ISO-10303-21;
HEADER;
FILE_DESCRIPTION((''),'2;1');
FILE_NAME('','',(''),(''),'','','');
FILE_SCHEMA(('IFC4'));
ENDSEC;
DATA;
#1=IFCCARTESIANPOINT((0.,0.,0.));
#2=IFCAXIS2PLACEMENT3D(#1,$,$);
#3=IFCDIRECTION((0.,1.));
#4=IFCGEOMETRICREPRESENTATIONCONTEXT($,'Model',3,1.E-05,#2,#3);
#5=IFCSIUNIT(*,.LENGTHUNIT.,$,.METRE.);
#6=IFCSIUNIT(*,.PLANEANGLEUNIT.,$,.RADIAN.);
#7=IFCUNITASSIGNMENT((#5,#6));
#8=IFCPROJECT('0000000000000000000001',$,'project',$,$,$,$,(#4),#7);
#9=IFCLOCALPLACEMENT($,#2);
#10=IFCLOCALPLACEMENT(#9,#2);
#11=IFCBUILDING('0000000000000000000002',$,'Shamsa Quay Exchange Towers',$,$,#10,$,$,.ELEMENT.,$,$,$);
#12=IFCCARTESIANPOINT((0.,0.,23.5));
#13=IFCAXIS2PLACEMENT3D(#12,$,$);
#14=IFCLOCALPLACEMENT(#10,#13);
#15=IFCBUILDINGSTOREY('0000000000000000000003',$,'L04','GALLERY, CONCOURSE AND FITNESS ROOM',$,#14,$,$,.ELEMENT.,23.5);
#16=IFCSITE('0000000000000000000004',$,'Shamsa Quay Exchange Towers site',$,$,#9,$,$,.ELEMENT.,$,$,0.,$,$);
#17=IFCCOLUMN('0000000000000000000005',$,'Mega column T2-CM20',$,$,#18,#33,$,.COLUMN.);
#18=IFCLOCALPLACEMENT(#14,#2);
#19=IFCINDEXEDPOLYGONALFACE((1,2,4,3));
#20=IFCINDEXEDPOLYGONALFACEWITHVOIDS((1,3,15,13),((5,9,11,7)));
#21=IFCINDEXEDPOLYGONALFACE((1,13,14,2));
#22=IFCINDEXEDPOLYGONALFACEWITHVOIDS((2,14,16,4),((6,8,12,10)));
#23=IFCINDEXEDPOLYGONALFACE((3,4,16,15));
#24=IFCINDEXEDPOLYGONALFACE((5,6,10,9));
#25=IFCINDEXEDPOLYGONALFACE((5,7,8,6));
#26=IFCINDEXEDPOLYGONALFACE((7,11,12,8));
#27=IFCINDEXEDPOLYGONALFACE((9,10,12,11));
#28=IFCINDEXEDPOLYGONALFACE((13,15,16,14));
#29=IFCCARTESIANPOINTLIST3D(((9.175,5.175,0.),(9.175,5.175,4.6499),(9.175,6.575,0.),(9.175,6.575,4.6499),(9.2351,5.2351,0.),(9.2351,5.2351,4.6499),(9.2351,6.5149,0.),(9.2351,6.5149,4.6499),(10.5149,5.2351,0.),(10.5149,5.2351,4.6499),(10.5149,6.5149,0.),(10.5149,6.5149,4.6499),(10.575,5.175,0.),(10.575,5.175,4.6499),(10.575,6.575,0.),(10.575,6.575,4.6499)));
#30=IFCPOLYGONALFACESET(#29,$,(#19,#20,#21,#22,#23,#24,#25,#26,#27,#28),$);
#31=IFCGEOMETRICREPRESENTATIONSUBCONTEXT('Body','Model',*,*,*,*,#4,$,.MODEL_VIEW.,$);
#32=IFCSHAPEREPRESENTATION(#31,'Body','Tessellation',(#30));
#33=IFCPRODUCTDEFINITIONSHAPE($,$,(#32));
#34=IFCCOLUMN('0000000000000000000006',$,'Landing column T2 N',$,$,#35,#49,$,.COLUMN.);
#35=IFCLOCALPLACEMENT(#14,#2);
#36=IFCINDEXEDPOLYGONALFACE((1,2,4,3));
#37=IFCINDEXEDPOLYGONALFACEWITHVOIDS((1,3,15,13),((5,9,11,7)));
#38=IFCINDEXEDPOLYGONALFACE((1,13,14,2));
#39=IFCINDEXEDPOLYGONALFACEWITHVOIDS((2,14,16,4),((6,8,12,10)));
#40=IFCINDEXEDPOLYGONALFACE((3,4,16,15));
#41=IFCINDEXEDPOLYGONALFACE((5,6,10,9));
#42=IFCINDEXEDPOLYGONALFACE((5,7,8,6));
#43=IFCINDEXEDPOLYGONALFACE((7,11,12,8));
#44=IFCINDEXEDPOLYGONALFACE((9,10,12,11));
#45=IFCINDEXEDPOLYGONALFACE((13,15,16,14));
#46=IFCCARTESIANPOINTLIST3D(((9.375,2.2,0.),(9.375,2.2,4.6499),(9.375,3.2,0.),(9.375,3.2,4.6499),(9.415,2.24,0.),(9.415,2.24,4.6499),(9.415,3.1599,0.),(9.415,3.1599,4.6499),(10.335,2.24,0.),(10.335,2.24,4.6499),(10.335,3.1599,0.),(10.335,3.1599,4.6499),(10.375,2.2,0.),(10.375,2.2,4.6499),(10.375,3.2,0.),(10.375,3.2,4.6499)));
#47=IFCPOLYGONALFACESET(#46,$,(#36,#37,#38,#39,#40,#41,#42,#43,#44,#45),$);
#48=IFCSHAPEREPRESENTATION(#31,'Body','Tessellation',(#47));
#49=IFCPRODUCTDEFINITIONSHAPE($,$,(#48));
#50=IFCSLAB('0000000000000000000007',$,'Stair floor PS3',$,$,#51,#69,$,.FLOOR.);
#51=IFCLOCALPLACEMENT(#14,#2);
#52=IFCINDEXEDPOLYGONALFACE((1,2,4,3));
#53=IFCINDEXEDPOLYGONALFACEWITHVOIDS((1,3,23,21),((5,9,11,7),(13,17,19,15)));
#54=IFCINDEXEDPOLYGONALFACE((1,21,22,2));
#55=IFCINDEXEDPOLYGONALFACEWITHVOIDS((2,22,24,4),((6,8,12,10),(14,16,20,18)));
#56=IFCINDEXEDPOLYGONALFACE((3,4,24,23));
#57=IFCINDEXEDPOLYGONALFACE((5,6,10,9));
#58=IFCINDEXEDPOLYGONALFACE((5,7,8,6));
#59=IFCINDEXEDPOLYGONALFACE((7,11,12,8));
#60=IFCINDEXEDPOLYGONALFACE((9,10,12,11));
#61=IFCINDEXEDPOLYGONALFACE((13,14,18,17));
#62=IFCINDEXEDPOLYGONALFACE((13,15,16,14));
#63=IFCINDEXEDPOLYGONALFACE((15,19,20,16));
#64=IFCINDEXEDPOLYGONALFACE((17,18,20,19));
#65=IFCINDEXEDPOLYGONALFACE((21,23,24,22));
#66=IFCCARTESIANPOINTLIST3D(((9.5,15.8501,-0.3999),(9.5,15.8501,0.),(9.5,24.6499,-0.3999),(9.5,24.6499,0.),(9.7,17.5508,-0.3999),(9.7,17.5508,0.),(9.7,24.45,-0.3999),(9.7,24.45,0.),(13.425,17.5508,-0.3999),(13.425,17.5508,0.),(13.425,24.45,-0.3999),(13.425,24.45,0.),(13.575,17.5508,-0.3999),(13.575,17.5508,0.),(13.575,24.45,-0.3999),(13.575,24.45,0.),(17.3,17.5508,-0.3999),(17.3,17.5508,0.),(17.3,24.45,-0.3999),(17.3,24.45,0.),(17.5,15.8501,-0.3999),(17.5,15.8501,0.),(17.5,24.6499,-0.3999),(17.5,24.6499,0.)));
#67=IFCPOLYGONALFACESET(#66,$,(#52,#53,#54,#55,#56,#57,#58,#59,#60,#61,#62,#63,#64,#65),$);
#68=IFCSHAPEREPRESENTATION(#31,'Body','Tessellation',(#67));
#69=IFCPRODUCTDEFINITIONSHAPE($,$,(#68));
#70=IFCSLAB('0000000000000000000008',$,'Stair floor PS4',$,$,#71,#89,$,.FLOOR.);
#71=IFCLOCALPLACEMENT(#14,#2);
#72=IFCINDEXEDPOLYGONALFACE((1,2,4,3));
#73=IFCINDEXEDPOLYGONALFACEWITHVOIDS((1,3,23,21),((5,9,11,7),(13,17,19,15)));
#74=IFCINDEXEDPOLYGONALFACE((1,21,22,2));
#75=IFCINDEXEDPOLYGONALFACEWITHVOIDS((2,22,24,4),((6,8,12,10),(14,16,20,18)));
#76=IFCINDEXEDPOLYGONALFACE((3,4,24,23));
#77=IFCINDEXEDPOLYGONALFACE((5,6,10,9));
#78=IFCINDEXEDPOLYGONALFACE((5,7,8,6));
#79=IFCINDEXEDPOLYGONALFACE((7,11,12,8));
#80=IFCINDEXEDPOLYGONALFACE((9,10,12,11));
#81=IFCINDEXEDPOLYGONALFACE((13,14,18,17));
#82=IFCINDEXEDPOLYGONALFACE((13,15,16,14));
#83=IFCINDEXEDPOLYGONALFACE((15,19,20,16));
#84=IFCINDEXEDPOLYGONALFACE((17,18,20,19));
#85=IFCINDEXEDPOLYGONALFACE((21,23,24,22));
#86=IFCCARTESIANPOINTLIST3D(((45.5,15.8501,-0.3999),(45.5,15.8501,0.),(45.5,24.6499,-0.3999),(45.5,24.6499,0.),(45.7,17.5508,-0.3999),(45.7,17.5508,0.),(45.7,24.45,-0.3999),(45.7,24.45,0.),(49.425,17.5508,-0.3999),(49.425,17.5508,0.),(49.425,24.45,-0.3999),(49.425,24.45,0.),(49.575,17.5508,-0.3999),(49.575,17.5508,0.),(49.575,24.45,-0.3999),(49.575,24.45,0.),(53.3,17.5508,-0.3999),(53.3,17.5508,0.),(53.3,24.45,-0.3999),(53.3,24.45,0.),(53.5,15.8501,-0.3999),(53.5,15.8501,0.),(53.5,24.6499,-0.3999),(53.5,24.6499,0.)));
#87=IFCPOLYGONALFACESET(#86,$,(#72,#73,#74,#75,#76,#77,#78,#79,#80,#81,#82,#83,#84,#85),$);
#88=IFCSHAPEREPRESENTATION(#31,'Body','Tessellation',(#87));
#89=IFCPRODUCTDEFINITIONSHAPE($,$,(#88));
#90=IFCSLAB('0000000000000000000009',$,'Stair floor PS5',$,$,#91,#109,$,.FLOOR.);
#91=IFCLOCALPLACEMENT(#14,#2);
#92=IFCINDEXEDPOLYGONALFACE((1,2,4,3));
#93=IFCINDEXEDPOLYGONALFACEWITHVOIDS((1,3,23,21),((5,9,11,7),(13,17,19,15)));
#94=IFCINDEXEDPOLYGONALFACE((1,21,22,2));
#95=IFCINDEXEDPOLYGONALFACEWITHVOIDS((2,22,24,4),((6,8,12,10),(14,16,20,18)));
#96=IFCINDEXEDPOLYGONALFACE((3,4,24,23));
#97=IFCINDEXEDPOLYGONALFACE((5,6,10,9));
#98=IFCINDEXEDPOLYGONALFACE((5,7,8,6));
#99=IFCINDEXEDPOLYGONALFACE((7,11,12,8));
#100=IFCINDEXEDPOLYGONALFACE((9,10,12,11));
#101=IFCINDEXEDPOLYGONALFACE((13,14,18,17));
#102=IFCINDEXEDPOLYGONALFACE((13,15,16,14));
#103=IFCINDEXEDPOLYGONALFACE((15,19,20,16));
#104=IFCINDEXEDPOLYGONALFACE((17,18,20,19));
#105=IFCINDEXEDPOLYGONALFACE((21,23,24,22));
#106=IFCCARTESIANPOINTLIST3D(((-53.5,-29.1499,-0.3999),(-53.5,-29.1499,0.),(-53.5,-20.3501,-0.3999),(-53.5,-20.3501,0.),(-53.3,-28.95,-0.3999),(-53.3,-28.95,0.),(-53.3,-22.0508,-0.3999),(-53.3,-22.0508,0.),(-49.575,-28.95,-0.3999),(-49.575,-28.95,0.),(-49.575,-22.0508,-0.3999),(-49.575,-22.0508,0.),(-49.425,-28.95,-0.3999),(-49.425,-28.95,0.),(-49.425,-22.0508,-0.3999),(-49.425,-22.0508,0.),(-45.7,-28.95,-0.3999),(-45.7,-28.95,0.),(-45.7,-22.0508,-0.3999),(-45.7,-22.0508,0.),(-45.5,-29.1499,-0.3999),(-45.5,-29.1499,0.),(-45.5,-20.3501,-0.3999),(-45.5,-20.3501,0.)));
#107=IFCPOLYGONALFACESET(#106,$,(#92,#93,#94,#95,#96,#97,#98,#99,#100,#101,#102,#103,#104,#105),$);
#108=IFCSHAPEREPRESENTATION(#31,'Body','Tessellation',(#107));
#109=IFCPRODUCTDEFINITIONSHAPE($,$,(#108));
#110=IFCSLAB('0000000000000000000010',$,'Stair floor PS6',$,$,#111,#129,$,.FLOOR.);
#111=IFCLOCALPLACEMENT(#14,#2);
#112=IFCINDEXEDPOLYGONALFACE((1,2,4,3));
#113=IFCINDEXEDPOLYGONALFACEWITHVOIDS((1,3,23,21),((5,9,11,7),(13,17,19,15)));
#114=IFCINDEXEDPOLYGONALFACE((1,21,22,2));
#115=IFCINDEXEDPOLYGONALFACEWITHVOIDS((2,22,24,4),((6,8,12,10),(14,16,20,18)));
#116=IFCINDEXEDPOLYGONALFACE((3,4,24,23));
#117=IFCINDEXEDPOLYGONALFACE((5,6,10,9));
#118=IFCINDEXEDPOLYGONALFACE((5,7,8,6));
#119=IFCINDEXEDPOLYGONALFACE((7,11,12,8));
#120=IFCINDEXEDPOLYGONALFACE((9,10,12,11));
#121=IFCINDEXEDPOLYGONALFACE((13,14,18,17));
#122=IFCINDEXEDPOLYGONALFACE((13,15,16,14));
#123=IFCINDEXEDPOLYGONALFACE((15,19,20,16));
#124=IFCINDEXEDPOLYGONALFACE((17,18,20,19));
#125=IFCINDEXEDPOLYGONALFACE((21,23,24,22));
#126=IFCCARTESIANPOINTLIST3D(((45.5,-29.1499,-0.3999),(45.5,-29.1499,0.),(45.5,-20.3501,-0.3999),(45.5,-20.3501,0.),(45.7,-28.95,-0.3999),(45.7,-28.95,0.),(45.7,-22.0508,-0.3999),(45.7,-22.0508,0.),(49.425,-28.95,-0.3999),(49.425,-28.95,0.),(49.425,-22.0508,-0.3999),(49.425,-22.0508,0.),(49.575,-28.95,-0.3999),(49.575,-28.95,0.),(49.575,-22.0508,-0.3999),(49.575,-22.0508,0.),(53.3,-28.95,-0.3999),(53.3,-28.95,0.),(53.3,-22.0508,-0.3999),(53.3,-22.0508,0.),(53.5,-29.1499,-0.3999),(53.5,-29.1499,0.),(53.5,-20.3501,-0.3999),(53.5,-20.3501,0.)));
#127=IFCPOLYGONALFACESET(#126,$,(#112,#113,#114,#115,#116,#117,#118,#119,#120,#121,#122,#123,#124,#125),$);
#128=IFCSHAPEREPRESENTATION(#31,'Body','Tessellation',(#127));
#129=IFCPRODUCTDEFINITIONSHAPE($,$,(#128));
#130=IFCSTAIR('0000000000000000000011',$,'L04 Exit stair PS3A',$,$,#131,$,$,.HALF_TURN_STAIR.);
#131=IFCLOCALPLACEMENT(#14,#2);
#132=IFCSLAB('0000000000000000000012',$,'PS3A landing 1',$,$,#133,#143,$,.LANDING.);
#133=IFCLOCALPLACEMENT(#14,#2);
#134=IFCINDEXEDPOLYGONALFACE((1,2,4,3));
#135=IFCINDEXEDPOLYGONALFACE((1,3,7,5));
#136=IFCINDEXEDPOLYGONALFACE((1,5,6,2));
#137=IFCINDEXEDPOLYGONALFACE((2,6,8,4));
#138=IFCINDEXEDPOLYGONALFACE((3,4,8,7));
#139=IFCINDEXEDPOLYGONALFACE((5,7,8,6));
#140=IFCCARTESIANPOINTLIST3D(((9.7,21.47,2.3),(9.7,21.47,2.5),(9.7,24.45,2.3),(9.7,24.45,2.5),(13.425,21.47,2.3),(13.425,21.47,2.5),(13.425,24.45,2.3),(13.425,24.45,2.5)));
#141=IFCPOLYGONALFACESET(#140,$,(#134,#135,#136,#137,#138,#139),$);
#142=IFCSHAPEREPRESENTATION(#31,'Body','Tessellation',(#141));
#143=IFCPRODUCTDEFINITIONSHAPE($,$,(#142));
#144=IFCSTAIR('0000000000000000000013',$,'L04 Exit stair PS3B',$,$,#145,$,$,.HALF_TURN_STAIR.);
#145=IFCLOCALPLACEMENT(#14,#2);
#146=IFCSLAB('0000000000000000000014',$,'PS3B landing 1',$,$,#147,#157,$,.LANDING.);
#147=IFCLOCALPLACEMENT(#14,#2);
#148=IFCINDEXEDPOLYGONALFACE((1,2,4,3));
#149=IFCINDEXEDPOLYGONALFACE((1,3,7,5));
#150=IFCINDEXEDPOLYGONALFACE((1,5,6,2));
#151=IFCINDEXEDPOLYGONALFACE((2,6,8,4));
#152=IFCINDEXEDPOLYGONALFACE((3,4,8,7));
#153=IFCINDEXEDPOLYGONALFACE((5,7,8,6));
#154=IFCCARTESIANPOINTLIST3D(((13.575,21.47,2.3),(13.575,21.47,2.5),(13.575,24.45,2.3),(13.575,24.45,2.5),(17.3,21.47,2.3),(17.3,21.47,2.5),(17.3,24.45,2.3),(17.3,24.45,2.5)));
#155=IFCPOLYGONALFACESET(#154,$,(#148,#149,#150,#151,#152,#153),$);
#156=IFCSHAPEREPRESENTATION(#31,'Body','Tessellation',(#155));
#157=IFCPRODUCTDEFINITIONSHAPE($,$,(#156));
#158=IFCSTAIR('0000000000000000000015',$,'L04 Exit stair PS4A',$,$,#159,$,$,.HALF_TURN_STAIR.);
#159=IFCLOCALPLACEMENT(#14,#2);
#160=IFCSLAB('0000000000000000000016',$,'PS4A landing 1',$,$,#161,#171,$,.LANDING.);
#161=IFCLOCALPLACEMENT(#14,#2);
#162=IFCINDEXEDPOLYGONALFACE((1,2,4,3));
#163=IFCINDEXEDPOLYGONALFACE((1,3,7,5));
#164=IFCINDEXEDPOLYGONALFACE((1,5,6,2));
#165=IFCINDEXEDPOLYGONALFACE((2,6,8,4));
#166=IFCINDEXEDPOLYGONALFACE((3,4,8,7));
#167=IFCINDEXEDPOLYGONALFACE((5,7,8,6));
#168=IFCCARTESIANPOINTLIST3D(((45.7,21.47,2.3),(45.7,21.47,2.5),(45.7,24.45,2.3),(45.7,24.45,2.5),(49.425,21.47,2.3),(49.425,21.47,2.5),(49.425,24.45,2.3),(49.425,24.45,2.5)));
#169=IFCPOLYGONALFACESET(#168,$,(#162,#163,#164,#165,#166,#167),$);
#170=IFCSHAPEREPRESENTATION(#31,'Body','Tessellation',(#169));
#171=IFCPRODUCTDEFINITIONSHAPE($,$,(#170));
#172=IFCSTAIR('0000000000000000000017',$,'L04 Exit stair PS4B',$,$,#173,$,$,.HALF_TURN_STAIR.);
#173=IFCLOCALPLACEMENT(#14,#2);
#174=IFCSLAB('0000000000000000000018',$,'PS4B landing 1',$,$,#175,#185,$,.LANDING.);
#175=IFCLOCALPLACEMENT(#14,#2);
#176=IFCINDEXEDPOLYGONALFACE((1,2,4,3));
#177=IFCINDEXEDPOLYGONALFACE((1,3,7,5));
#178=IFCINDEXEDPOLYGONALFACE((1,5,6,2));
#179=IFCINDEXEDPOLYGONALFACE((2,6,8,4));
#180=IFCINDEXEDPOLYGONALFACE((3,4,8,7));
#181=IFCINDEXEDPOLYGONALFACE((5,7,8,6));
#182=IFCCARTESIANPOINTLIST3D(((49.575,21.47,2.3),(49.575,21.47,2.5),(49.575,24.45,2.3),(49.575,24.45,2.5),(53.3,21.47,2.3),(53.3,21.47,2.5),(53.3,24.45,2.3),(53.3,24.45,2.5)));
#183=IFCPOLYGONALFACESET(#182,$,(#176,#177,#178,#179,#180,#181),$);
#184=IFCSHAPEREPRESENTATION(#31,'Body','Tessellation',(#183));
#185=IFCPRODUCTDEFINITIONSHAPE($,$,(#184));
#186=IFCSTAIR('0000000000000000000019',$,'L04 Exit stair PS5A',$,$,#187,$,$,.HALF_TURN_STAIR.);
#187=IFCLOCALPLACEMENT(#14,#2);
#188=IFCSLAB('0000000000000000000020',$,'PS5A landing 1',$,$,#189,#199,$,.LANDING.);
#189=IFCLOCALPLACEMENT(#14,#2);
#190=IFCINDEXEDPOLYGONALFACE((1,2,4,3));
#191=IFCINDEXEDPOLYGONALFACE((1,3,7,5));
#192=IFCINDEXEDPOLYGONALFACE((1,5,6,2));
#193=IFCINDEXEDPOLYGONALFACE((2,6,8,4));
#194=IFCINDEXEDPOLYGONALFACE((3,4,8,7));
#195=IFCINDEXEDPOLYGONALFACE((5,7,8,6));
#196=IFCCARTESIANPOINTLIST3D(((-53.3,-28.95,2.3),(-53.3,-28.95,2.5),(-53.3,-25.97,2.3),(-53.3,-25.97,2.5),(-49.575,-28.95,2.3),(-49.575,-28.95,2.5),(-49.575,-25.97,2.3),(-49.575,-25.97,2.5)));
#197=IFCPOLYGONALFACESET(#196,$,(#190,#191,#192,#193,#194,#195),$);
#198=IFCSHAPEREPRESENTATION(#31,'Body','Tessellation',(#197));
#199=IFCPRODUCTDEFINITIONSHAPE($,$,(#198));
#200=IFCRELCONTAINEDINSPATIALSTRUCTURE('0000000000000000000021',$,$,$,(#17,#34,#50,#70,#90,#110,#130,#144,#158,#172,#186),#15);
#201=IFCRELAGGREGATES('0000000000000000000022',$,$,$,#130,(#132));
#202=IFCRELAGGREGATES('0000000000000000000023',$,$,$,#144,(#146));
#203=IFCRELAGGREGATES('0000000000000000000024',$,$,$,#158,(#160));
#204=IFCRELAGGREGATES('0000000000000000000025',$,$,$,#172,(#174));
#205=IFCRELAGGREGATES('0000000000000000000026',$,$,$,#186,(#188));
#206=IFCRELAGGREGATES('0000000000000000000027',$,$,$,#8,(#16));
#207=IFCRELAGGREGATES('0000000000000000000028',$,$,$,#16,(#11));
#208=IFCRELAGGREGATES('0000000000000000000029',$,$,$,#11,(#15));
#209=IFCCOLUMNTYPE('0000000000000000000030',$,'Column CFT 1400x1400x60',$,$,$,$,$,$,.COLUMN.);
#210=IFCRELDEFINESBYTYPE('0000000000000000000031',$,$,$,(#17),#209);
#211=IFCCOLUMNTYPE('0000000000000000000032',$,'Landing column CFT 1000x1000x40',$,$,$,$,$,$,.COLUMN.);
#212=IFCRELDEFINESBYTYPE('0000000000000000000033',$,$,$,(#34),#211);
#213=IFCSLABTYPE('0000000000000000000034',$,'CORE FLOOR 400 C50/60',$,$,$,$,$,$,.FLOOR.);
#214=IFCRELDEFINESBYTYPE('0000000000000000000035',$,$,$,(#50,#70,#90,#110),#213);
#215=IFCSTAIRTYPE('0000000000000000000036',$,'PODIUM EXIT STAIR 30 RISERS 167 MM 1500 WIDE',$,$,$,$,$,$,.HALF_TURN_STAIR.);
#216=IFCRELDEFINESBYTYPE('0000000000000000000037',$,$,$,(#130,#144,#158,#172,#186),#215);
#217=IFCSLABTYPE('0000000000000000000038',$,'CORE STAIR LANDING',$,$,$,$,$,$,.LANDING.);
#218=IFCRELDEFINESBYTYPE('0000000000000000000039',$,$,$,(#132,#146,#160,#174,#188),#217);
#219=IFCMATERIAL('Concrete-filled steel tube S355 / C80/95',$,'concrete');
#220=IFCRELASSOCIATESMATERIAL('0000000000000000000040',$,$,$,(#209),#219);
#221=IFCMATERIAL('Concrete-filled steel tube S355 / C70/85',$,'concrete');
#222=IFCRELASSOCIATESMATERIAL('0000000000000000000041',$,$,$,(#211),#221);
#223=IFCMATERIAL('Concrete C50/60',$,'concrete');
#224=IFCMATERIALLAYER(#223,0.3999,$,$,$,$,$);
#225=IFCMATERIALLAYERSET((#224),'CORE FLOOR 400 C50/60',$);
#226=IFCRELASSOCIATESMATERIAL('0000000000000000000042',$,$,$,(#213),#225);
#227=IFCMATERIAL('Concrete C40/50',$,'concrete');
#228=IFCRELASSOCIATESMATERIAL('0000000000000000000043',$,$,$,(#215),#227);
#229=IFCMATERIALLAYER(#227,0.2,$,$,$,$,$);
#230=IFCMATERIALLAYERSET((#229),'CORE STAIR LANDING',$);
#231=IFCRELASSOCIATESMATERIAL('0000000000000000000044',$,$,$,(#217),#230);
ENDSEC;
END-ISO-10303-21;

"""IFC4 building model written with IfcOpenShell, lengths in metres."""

from ifc_helpers import new_model, si_unit, direction, frame, origin, origin_2d, place, context, subcontext, project, spatial, polyline, hollow_rectangle, outline, extrude, material, layer, layer_set, material_profile, profile_set, type_object, element, aggregate, save


model = new_model("IFC4")

# Units and contexts
model_context = context("Model", 3, precision=1e-05, world=origin(), true_north=direction((0.0, 1.0)))
body_context = subcontext(model_context, "Body", "Model", "MODEL_VIEW")
ifc_project = project(units=[si_unit("LENGTHUNIT", "METRE"), si_unit("PLANEANGLEUNIT", "RADIAN")], contexts=[model_context])

# Site, building, storey
site_placement = place(None, origin())
site = spatial("IfcSite", under=ifc_project, at=site_placement, Name="Shamsa Quay Exchange Towers site", CompositionType="ELEMENT", RefElevation=0.0)
building_placement = place(site_placement, origin())
building = spatial("IfcBuilding", under=site, at=building_placement, Name="Shamsa Quay Exchange Towers", CompositionType="ELEMENT")
storey_placement = place(building_placement, frame((0.0, 0.0, 23.5)))
storey = spatial("IfcBuildingStorey", under=building, at=storey_placement, Name="L04", Description="GALLERY, CONCOURSE AND FITNESS ROOM", CompositionType="ELEMENT", Elevation=23.5)

# Columns
ifc_material_1 = material(Name="Concrete-filled steel tube S355 / C80/95", Category="concrete")
ifc_material_profile_1 = material_profile(ifc_material_1, hollow_rectangle(XDim=1.3999, YDim=1.3999, WallThickness=0.0601, at=origin_2d()), Name="CFT 1400x1400x60")
ifc_profile_set_1 = profile_set([ifc_material_profile_1], Name="Concrete-filled steel tube S355 / C80/95")
column_type_1 = type_object("IfcColumnType", Name="Column CFT 1400x1400x60", PredefinedType="COLUMN", material=ifc_profile_set_1)
column_1_placement = place(storey_placement, frame((9.875, 5.875, 0.0)))
element("IfcColumn", 1, at=column_1_placement, inside=storey, type_object=column_type_1, Name="Mega column T2-CM20", PredefinedType="COLUMN", context=body_context, shape_type="SweptSolid", body=[
    extrude(hollow_rectangle(XDim=1.3999, YDim=1.3999, WallThickness=0.0601, at=origin_2d()), origin(), (0.0, 0.0, 1.0), 4.6499),
])
ifc_material_2 = material(Name="Concrete-filled steel tube S355 / C70/85", Category="concrete")
ifc_material_profile_2 = material_profile(ifc_material_2, hollow_rectangle(XDim=1.0, YDim=1.0, WallThickness=0.04, at=origin_2d()), Name="CFT 1000x1000x40")
ifc_profile_set_2 = profile_set([ifc_material_profile_2], Name="Concrete-filled steel tube S355 / C70/85")
column_type_2 = type_object("IfcColumnType", Name="Landing column CFT 1000x1000x40", PredefinedType="COLUMN", material=ifc_profile_set_2)
column_2_placement = place(storey_placement, frame((9.875, 2.7, 0.0)))
element("IfcColumn", 2, at=column_2_placement, inside=storey, type_object=column_type_2, Name="Landing column T2 N", PredefinedType="COLUMN", context=body_context, shape_type="SweptSolid", body=[
    extrude(hollow_rectangle(XDim=1.0, YDim=1.0, WallThickness=0.04, at=origin_2d()), origin(), (0.0, 0.0, 1.0), 4.6499),
])

# Slabs
ifc_material_3 = material(Name="Concrete C50/60", Category="concrete")
ifc_layer_1 = layer(ifc_material_3, 0.3999)
ifc_layer_set_1 = layer_set([ifc_layer_1], Name="CORE FLOOR 400 C50/60")
slab_type_1 = type_object("IfcSlabType", Name="CORE FLOOR 400 C50/60", PredefinedType="FLOOR", material=ifc_layer_set_1)
slab_1_placement = place(storey_placement, frame((0.0, 0.0, -0.3999)))
element("IfcSlab", 3, at=slab_1_placement, inside=storey, type_object=slab_type_1, Name="Stair floor PS3", PredefinedType="FLOOR", context=body_context, shape_type="SweptSolid", body=[
    extrude(outline(polyline([(9.5, 15.8501), (17.5, 15.8501), (17.5, 24.6499), (9.5, 24.6499), (9.5, 15.8501)]), holes=[polyline([(13.425, 17.5508), (9.7, 17.5508), (9.7, 24.45), (13.425, 24.45), (13.425, 17.5508)]), polyline([(17.3, 17.5508), (13.575, 17.5508), (13.575, 24.45), (17.3, 24.45), (17.3, 17.5508)])]), origin(), (0.0, 0.0, 1.0), 0.3999),
])
slab_2_placement = place(storey_placement, frame((0.0, 0.0, -0.3999)))
element("IfcSlab", 4, at=slab_2_placement, inside=storey, type_object=slab_type_1, Name="Stair floor PS4", PredefinedType="FLOOR", context=body_context, shape_type="SweptSolid", body=[
    extrude(outline(polyline([(45.5, 15.8501), (53.5, 15.8501), (53.5, 24.6499), (45.5, 24.6499), (45.5, 15.8501)]), holes=[polyline([(49.425, 17.5508), (45.7, 17.5508), (45.7, 24.45), (49.425, 24.45), (49.425, 17.5508)]), polyline([(53.3, 17.5508), (49.575, 17.5508), (49.575, 24.45), (53.3, 24.45), (53.3, 17.5508)])]), origin(), (0.0, 0.0, 1.0), 0.3999),
])
slab_3_placement = place(storey_placement, frame((0.0, 0.0, -0.3999)))
element("IfcSlab", 5, at=slab_3_placement, inside=storey, type_object=slab_type_1, Name="Stair floor PS5", PredefinedType="FLOOR", context=body_context, shape_type="SweptSolid", body=[
    extrude(outline(polyline([(-53.5, -29.1499), (-45.5, -29.1499), (-45.5, -20.3501), (-53.5, -20.3501), (-53.5, -29.1499)]), holes=[polyline([(-53.3, -22.0508), (-49.575, -22.0508), (-49.575, -28.95), (-53.3, -28.95), (-53.3, -22.0508)]), polyline([(-49.425, -22.0508), (-45.7, -22.0508), (-45.7, -28.95), (-49.425, -28.95), (-49.425, -22.0508)])]), origin(), (0.0, 0.0, 1.0), 0.3999),
])
slab_4_placement = place(storey_placement, frame((0.0, 0.0, -0.3999)))
element("IfcSlab", 6, at=slab_4_placement, inside=storey, type_object=slab_type_1, Name="Stair floor PS6", PredefinedType="FLOOR", context=body_context, shape_type="SweptSolid", body=[
    extrude(outline(polyline([(45.5, -29.1499), (53.5, -29.1499), (53.5, -20.3501), (45.5, -20.3501), (45.5, -29.1499)]), holes=[polyline([(45.7, -22.0508), (49.425, -22.0508), (49.425, -28.95), (45.7, -28.95), (45.7, -22.0508)]), polyline([(49.575, -22.0508), (53.3, -22.0508), (53.3, -28.95), (49.575, -28.95), (49.575, -22.0508)])]), origin(), (0.0, 0.0, 1.0), 0.3999),
])

# Stairs, slabs
ifc_material_4 = material(Name="Concrete C40/50", Category="concrete")
stair_type = type_object("IfcStairType", Name="PODIUM EXIT STAIR 30 RISERS 167 MM 1500 WIDE", PredefinedType="HALF_TURN_STAIR", material=ifc_material_4)
stair_1_placement = place(storey_placement, origin())
stair_1 = element("IfcStair", 7, at=stair_1_placement, inside=storey, type_object=stair_type, Name="L04 Exit stair PS3A", PredefinedType="HALF_TURN_STAIR")
ifc_layer_2 = layer(ifc_material_4, 0.2)
ifc_layer_set_2 = layer_set([ifc_layer_2], Name="CORE STAIR LANDING")
slab_type_2 = type_object("IfcSlabType", Name="CORE STAIR LANDING", PredefinedType="LANDING", material=ifc_layer_set_2)
slab_5_placement = place(storey_placement, frame((0.0, 0.0, 2.3)))
slab_5 = element("IfcSlab", 8, at=slab_5_placement, type_object=slab_type_2, Name="PS3A landing 1", PredefinedType="LANDING", context=body_context, shape_type="SweptSolid", body=[
    extrude(outline(polyline([(13.425, 21.47), (13.425, 24.45), (9.7, 24.45), (9.7, 21.47), (13.425, 21.47)])), origin(), (0.0, 0.0, 1.0), 0.2),
])
aggregate(stair_1, [slab_5])
stair_2_placement = place(storey_placement, origin())
stair_2 = element("IfcStair", 9, at=stair_2_placement, inside=storey, type_object=stair_type, Name="L04 Exit stair PS3B", PredefinedType="HALF_TURN_STAIR")
slab_6_placement = place(storey_placement, frame((0.0, 0.0, 2.3)))
slab_6 = element("IfcSlab", 10, at=slab_6_placement, type_object=slab_type_2, Name="PS3B landing 1", PredefinedType="LANDING", context=body_context, shape_type="SweptSolid", body=[
    extrude(outline(polyline([(17.3, 21.47), (17.3, 24.45), (13.575, 24.45), (13.575, 21.47), (17.3, 21.47)])), origin(), (0.0, 0.0, 1.0), 0.2),
])
aggregate(stair_2, [slab_6])
stair_3_placement = place(storey_placement, origin())
stair_3 = element("IfcStair", 11, at=stair_3_placement, inside=storey, type_object=stair_type, Name="L04 Exit stair PS4A", PredefinedType="HALF_TURN_STAIR")
slab_7_placement = place(storey_placement, frame((0.0, 0.0, 2.3)))
slab_7 = element("IfcSlab", 12, at=slab_7_placement, type_object=slab_type_2, Name="PS4A landing 1", PredefinedType="LANDING", context=body_context, shape_type="SweptSolid", body=[
    extrude(outline(polyline([(49.425, 21.47), (49.425, 24.45), (45.7, 24.45), (45.7, 21.47), (49.425, 21.47)])), origin(), (0.0, 0.0, 1.0), 0.2),
])
aggregate(stair_3, [slab_7])
stair_4_placement = place(storey_placement, origin())
stair_4 = element("IfcStair", 13, at=stair_4_placement, inside=storey, type_object=stair_type, Name="L04 Exit stair PS4B", PredefinedType="HALF_TURN_STAIR")
slab_8_placement = place(storey_placement, frame((0.0, 0.0, 2.3)))
slab_8 = element("IfcSlab", 14, at=slab_8_placement, type_object=slab_type_2, Name="PS4B landing 1", PredefinedType="LANDING", context=body_context, shape_type="SweptSolid", body=[
    extrude(outline(polyline([(53.3, 21.47), (53.3, 24.45), (49.575, 24.45), (49.575, 21.47), (53.3, 21.47)])), origin(), (0.0, 0.0, 1.0), 0.2),
])
aggregate(stair_4, [slab_8])
stair_5_placement = place(storey_placement, origin())
stair_5 = element("IfcStair", 15, at=stair_5_placement, inside=storey, type_object=stair_type, Name="L04 Exit stair PS5A", PredefinedType="HALF_TURN_STAIR")
slab_9_placement = place(storey_placement, frame((0.0, 0.0, 2.3)))
slab_9 = element("IfcSlab", 16, at=slab_9_placement, type_object=slab_type_2, Name="PS5A landing 1", PredefinedType="LANDING", context=body_context, shape_type="SweptSolid", body=[
    extrude(outline(polyline([(-53.3, -25.97), (-53.3, -28.95), (-49.575, -28.95), (-49.575, -25.97), (-53.3, -25.97)])), origin(), (0.0, 0.0, 1.0), 0.2),
])
aggregate(stair_5, [slab_9])

save(model, "model.ifc")
